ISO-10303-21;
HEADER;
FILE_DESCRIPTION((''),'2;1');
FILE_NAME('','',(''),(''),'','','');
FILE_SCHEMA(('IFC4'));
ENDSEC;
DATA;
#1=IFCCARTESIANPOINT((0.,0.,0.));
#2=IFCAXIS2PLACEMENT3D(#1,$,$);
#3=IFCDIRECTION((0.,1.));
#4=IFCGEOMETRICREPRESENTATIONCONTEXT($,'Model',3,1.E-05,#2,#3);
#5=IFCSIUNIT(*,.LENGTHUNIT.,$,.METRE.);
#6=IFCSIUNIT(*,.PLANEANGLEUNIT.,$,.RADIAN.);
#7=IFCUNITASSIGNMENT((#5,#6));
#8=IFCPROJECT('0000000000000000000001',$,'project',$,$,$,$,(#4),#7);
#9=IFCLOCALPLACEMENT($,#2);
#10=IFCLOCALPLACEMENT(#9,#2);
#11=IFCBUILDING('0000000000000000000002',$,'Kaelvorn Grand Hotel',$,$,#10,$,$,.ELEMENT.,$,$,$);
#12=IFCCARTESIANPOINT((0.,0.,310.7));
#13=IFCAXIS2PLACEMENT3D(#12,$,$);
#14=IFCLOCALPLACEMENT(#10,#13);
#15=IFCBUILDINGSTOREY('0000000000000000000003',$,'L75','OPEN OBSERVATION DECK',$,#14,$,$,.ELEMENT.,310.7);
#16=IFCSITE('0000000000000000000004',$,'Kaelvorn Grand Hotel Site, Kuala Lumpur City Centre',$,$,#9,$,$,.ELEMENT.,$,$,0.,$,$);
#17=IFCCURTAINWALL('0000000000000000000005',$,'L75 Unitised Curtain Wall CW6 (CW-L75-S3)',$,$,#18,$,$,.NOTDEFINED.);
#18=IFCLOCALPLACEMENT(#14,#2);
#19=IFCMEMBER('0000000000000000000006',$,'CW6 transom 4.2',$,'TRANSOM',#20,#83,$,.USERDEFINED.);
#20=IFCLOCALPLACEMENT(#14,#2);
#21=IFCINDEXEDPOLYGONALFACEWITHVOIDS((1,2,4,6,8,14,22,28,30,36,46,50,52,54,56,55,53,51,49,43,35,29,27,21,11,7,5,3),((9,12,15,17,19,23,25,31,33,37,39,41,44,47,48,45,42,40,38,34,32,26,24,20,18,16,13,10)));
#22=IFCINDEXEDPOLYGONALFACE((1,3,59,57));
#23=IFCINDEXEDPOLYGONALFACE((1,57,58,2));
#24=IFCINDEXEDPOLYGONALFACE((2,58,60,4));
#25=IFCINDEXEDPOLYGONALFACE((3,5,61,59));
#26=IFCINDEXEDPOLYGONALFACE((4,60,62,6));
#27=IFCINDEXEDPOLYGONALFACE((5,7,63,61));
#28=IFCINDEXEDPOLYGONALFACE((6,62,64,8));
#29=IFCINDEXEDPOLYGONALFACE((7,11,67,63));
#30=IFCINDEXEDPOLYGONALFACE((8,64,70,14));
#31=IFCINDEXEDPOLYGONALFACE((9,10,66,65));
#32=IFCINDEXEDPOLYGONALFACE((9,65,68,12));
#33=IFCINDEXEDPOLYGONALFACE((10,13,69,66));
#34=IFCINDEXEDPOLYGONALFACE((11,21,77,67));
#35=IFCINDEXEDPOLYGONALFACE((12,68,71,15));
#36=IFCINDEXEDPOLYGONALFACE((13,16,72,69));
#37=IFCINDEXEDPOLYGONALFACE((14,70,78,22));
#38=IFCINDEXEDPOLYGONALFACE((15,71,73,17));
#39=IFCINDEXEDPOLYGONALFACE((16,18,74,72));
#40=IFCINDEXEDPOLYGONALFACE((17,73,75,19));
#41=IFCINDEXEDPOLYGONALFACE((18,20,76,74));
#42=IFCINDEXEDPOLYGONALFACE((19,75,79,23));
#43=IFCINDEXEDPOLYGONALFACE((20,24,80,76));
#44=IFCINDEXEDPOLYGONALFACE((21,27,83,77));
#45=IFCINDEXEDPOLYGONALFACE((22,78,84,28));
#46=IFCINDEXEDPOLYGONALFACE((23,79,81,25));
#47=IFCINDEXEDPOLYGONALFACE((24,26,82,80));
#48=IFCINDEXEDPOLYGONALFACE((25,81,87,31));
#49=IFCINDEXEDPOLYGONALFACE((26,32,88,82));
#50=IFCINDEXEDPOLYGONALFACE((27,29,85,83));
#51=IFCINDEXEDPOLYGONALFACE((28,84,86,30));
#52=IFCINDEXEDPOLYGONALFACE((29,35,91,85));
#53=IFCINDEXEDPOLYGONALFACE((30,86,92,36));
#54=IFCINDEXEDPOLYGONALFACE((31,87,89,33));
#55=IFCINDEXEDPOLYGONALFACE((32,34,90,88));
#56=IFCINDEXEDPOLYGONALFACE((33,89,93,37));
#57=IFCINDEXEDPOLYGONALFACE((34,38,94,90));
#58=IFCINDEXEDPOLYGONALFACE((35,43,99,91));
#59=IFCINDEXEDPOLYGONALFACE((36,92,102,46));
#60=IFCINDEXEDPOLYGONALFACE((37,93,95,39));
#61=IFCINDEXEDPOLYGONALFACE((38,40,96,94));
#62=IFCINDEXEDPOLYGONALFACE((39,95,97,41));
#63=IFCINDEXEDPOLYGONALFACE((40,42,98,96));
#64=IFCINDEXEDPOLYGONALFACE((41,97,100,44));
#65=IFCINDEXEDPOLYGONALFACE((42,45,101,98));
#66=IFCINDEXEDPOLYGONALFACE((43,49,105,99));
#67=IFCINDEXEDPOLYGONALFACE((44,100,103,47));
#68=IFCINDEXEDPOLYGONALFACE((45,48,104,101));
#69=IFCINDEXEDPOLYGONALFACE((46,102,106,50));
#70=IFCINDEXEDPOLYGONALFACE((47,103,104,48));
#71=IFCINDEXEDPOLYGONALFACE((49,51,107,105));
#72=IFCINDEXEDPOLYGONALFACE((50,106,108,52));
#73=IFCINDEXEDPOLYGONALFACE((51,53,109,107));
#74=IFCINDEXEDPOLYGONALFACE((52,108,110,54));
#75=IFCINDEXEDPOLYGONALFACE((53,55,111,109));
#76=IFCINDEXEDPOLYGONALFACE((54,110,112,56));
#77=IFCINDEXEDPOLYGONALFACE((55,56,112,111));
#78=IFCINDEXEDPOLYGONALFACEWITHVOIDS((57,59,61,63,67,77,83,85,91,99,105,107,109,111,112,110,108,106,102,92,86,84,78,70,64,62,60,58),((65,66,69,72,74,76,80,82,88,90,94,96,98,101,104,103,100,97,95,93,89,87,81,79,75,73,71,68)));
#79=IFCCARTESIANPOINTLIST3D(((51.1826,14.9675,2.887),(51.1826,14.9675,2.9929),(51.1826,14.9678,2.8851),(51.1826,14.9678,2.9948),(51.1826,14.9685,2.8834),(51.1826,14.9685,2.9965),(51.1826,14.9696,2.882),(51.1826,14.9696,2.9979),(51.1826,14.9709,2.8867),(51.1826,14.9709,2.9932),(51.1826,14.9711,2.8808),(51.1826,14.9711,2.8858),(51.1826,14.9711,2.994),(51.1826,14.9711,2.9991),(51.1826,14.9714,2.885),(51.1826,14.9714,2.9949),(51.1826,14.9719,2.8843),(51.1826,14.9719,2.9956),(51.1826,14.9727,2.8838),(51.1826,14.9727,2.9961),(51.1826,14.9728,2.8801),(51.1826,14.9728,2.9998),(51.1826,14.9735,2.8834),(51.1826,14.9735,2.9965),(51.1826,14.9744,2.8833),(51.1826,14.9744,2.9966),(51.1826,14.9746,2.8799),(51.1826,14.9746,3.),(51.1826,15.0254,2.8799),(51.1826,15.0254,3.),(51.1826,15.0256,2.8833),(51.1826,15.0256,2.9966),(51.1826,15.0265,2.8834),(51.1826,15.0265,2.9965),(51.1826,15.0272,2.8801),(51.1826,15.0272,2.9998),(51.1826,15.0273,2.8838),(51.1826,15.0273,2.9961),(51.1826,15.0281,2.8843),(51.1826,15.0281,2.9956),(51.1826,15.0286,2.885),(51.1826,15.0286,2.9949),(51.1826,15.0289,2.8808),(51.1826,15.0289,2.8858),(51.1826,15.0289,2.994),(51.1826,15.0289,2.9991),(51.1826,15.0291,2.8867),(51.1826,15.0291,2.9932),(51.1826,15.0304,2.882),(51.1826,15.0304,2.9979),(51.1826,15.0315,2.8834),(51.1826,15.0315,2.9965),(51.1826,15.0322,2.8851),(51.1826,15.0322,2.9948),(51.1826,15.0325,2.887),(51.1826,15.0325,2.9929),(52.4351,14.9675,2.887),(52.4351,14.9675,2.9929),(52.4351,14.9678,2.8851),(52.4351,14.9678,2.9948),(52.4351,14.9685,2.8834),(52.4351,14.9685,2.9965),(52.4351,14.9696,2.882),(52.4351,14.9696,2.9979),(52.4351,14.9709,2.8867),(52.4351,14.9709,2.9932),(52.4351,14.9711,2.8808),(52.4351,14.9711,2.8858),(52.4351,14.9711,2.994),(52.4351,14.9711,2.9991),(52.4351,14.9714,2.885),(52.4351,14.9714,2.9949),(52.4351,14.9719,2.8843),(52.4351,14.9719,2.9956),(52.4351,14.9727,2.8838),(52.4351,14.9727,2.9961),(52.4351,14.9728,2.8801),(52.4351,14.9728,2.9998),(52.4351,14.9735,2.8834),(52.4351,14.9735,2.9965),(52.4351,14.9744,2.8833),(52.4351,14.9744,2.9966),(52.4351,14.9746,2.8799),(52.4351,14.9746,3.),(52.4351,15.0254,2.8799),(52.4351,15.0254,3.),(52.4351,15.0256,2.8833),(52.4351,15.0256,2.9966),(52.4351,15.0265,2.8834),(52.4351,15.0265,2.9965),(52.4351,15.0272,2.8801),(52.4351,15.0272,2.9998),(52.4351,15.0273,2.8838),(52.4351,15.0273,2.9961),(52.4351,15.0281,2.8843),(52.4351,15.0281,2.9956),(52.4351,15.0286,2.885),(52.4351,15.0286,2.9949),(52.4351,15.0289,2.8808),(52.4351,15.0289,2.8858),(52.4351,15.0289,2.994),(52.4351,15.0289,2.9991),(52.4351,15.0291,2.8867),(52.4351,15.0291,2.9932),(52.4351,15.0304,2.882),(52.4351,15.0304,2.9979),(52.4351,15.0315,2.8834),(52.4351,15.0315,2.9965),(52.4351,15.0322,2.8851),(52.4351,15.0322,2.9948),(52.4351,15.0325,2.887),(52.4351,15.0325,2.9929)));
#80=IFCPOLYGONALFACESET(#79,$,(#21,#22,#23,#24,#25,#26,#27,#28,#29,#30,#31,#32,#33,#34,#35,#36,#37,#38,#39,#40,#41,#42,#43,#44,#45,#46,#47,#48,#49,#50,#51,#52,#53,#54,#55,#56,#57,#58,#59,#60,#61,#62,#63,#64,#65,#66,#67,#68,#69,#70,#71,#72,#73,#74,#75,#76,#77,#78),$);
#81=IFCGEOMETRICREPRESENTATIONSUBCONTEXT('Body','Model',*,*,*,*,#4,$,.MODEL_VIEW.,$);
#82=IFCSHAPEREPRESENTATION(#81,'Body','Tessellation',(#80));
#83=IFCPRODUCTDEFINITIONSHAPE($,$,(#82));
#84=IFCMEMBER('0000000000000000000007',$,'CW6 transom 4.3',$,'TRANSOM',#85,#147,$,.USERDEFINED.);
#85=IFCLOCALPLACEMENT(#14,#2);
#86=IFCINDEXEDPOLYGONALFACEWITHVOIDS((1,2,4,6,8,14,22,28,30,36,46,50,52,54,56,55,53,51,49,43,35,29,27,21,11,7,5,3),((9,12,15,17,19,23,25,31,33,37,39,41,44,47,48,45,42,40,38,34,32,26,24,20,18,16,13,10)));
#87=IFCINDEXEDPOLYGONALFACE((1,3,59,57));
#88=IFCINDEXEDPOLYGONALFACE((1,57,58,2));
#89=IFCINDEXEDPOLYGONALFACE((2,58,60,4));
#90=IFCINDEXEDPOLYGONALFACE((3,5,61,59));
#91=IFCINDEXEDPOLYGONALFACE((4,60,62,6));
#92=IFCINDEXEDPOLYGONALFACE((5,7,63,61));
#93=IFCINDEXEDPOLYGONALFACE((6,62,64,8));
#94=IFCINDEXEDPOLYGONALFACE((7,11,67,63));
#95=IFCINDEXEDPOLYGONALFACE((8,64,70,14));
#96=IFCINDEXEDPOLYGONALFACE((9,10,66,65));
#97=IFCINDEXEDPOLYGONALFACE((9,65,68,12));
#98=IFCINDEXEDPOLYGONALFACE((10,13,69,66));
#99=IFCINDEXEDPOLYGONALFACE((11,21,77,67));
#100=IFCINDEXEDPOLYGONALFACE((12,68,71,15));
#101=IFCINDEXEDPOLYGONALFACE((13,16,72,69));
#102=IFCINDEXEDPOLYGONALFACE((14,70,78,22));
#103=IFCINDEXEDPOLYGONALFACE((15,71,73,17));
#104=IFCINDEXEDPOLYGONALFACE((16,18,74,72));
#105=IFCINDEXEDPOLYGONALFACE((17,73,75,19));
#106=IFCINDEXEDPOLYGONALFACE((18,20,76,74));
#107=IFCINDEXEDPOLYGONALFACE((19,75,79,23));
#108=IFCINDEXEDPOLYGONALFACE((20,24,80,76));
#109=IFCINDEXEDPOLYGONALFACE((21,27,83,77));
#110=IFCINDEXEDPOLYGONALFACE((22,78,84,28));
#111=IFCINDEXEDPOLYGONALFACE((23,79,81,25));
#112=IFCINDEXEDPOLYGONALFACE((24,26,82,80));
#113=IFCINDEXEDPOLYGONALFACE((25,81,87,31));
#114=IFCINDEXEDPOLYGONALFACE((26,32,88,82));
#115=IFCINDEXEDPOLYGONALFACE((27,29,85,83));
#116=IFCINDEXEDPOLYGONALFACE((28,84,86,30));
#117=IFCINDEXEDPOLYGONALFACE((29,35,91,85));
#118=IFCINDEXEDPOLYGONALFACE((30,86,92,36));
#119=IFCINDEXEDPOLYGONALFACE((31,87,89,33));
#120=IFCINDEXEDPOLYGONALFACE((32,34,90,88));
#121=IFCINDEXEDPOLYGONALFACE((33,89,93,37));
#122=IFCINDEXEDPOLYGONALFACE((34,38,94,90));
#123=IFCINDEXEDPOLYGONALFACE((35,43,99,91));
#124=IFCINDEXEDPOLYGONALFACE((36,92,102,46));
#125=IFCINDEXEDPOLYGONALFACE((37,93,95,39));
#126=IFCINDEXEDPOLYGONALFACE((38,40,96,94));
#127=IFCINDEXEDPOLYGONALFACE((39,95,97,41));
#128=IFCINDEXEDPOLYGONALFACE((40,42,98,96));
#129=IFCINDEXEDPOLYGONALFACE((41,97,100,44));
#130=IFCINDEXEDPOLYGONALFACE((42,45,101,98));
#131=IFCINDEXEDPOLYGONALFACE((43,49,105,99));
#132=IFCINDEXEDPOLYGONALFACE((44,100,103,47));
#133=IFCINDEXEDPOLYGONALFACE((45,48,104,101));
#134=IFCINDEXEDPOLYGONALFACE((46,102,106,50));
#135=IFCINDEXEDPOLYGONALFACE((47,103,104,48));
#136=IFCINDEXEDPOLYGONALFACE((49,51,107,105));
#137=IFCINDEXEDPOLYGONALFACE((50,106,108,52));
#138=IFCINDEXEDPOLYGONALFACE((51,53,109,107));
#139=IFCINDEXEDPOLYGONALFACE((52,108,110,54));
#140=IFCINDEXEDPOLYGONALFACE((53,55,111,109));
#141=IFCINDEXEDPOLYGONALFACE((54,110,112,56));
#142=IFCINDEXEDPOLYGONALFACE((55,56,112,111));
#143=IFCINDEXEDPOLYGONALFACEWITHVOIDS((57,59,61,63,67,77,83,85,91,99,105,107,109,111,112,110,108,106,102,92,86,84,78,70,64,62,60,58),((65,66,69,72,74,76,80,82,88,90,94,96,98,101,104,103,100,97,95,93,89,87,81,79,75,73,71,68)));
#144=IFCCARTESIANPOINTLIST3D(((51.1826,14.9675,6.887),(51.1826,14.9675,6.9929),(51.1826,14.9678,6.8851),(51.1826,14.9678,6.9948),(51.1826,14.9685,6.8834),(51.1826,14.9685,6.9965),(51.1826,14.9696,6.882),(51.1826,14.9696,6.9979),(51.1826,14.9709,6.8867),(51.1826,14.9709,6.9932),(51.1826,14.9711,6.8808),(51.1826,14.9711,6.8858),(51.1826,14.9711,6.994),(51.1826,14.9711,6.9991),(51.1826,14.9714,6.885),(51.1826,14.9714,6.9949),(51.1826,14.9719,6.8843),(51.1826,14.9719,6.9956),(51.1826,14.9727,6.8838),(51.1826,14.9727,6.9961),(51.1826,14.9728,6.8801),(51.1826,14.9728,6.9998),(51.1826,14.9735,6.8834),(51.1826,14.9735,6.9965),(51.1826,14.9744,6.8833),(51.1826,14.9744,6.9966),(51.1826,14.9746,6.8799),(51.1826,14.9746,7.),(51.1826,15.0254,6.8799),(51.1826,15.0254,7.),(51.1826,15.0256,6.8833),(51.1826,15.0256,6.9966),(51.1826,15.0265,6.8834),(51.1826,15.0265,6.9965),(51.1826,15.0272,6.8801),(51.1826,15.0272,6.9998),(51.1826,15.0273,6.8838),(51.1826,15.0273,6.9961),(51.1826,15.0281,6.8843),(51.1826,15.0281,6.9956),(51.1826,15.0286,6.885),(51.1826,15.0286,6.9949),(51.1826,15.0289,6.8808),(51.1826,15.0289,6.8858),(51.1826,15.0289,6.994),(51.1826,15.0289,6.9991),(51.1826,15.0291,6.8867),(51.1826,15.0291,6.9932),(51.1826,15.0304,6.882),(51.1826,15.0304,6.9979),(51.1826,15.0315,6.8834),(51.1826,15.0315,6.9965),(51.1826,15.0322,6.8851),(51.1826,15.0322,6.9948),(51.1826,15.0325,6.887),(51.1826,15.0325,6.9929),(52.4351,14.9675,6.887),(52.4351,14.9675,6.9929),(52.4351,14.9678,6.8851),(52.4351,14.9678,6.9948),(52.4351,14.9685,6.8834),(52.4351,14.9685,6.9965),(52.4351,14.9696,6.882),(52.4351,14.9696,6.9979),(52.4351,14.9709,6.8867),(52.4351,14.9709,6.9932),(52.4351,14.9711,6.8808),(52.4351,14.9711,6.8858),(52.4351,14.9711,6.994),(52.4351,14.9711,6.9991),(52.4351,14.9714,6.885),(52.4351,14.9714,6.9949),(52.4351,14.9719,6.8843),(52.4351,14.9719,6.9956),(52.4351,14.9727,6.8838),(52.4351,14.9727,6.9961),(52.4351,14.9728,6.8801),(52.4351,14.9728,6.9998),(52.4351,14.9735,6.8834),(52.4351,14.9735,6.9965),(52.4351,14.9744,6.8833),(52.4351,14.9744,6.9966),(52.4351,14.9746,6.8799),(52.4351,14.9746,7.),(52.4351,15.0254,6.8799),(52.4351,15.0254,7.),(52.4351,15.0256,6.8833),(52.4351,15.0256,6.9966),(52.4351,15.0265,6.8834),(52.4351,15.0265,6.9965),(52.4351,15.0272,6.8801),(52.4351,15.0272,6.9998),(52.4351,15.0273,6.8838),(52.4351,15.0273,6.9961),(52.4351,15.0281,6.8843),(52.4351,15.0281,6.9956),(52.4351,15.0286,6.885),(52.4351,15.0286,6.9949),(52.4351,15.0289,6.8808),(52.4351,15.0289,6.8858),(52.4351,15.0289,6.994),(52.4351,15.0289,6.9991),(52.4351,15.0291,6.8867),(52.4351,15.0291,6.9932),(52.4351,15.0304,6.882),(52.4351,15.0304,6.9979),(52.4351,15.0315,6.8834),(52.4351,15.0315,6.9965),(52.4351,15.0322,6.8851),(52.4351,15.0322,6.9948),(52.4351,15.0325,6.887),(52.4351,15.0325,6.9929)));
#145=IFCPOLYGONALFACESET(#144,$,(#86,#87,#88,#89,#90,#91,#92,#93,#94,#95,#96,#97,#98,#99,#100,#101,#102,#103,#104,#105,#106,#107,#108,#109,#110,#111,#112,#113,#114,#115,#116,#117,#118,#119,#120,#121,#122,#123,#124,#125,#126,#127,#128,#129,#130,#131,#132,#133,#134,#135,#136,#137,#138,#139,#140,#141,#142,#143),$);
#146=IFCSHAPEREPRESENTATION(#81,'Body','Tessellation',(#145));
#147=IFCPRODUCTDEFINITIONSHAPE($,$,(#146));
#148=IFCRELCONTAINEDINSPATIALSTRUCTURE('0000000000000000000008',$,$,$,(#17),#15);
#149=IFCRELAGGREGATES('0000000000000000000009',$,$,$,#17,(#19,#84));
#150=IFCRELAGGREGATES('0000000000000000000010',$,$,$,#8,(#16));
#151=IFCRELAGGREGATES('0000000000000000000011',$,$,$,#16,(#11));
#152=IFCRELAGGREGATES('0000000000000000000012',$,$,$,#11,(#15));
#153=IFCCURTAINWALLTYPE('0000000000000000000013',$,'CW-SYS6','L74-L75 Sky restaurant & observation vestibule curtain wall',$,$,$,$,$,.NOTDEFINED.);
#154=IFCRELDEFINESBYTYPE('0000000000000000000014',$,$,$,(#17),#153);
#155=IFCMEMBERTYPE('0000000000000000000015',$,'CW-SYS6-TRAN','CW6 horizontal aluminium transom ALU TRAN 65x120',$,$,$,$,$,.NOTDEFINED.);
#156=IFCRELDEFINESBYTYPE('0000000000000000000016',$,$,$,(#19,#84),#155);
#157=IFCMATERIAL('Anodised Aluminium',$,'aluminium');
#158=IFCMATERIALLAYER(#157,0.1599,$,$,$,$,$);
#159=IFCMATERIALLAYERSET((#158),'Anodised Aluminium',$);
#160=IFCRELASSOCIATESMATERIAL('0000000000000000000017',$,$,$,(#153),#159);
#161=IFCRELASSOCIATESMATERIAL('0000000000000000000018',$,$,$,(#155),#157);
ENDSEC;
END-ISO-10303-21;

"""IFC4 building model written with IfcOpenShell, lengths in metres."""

from ifc_helpers import new_model, si_unit, direction, frame, origin, origin_2d, place, context, subcontext, project, spatial, hollow_rectangle, extrude, material, layer, layer_set, material_profile, profile_set, type_object, element, aggregate, save


model = new_model("IFC4")

# Units and contexts
model_context = context("Model", 3, precision=1e-05, world=origin(), true_north=direction((0.0, 1.0)))
body_context = subcontext(model_context, "Body", "Model", "MODEL_VIEW")
ifc_project = project(units=[si_unit("LENGTHUNIT", "METRE"), si_unit("PLANEANGLEUNIT", "RADIAN")], contexts=[model_context])

# Site, building, storey
site_placement = place(None, origin())
site = spatial("IfcSite", under=ifc_project, at=site_placement, Name="Kaelvorn Grand Hotel Site, Kuala Lumpur City Centre", CompositionType="ELEMENT", RefElevation=0.0)
building_placement = place(site_placement, origin())
building = spatial("IfcBuilding", under=site, at=building_placement, Name="Kaelvorn Grand Hotel", CompositionType="ELEMENT")
storey_placement = place(building_placement, frame((0.0, 0.0, 310.7)))
storey = spatial("IfcBuildingStorey", under=building, at=storey_placement, Name="L75", Description="OPEN OBSERVATION DECK", CompositionType="ELEMENT", Elevation=310.7)

# Curtain wall
ifc_material_1 = material(Name="Anodised Aluminium", Category="aluminium")
ifc_layer_1 = layer(ifc_material_1, 0.1599)
ifc_layer_set_1 = layer_set([ifc_layer_1], Name="Anodised Aluminium")
curtain_wall_type = type_object("IfcCurtainWallType", Name="CW-SYS6", Description="L74-L75 Sky restaurant & observation vestibule curtain wall", PredefinedType="NOTDEFINED", material=ifc_layer_set_1)
curtain_wall_1_placement = place(storey_placement, origin())
curtain_wall_1 = element("IfcCurtainWall", 1, at=curtain_wall_1_placement, inside=storey, type_object=curtain_wall_type, Name="L75 Unitised Curtain Wall CW6 (CW-L75-S3)", PredefinedType="NOTDEFINED")

# Members
ifc_material_profile_1 = material_profile(ifc_material_1, hollow_rectangle(XDim=0.0649, YDim=0.1201, WallThickness=0.0034, InnerFilletRadius=0.0034, OuterFilletRadius=0.0071, at=origin_2d()), Name="ALU TRAN 65x120")
ifc_profile_set_1 = profile_set([ifc_material_profile_1], Name="Anodised Aluminium")
member_type_1 = type_object("IfcMemberType", Name="CW-SYS6-TRAN", Description="CW6 horizontal aluminium transom ALU TRAN 65x120", PredefinedType="NOTDEFINED", material=ifc_profile_set_1)
member_1_placement = place(storey_placement, frame((51.1826, 15.0, 2.9399), z_axis=(1.0, 0.0, 0.0), x_axis=(0.0, 1.0, 0.0)))
member_1 = element("IfcMember", 2, at=member_1_placement, type_object=member_type_1, Name="CW6 transom 4.2", ObjectType="TRANSOM", PredefinedType="USERDEFINED", context=body_context, shape_type="SweptSolid", body=[
    extrude(hollow_rectangle(XDim=0.0649, YDim=0.1201, WallThickness=0.0034, InnerFilletRadius=0.0034, OuterFilletRadius=0.0071, at=origin_2d()), origin(), (0.0, 0.0, 1.0), 1.2524),
])
member_2_placement = place(storey_placement, frame((51.1826, 15.0, 6.9399), z_axis=(1.0, 0.0, 0.0), x_axis=(0.0, 1.0, 0.0)))
member_2 = element("IfcMember", 3, at=member_2_placement, type_object=member_type_1, Name="CW6 transom 4.3", ObjectType="TRANSOM", PredefinedType="USERDEFINED", context=body_context, shape_type="SweptSolid", body=[
    extrude(hollow_rectangle(XDim=0.0649, YDim=0.1201, WallThickness=0.0034, InnerFilletRadius=0.0034, OuterFilletRadius=0.0071, at=origin_2d()), origin(), (0.0, 0.0, 1.0), 1.2524),
])

aggregate(curtain_wall_1, [member_1, member_2])

save(model, "model.ifc")
